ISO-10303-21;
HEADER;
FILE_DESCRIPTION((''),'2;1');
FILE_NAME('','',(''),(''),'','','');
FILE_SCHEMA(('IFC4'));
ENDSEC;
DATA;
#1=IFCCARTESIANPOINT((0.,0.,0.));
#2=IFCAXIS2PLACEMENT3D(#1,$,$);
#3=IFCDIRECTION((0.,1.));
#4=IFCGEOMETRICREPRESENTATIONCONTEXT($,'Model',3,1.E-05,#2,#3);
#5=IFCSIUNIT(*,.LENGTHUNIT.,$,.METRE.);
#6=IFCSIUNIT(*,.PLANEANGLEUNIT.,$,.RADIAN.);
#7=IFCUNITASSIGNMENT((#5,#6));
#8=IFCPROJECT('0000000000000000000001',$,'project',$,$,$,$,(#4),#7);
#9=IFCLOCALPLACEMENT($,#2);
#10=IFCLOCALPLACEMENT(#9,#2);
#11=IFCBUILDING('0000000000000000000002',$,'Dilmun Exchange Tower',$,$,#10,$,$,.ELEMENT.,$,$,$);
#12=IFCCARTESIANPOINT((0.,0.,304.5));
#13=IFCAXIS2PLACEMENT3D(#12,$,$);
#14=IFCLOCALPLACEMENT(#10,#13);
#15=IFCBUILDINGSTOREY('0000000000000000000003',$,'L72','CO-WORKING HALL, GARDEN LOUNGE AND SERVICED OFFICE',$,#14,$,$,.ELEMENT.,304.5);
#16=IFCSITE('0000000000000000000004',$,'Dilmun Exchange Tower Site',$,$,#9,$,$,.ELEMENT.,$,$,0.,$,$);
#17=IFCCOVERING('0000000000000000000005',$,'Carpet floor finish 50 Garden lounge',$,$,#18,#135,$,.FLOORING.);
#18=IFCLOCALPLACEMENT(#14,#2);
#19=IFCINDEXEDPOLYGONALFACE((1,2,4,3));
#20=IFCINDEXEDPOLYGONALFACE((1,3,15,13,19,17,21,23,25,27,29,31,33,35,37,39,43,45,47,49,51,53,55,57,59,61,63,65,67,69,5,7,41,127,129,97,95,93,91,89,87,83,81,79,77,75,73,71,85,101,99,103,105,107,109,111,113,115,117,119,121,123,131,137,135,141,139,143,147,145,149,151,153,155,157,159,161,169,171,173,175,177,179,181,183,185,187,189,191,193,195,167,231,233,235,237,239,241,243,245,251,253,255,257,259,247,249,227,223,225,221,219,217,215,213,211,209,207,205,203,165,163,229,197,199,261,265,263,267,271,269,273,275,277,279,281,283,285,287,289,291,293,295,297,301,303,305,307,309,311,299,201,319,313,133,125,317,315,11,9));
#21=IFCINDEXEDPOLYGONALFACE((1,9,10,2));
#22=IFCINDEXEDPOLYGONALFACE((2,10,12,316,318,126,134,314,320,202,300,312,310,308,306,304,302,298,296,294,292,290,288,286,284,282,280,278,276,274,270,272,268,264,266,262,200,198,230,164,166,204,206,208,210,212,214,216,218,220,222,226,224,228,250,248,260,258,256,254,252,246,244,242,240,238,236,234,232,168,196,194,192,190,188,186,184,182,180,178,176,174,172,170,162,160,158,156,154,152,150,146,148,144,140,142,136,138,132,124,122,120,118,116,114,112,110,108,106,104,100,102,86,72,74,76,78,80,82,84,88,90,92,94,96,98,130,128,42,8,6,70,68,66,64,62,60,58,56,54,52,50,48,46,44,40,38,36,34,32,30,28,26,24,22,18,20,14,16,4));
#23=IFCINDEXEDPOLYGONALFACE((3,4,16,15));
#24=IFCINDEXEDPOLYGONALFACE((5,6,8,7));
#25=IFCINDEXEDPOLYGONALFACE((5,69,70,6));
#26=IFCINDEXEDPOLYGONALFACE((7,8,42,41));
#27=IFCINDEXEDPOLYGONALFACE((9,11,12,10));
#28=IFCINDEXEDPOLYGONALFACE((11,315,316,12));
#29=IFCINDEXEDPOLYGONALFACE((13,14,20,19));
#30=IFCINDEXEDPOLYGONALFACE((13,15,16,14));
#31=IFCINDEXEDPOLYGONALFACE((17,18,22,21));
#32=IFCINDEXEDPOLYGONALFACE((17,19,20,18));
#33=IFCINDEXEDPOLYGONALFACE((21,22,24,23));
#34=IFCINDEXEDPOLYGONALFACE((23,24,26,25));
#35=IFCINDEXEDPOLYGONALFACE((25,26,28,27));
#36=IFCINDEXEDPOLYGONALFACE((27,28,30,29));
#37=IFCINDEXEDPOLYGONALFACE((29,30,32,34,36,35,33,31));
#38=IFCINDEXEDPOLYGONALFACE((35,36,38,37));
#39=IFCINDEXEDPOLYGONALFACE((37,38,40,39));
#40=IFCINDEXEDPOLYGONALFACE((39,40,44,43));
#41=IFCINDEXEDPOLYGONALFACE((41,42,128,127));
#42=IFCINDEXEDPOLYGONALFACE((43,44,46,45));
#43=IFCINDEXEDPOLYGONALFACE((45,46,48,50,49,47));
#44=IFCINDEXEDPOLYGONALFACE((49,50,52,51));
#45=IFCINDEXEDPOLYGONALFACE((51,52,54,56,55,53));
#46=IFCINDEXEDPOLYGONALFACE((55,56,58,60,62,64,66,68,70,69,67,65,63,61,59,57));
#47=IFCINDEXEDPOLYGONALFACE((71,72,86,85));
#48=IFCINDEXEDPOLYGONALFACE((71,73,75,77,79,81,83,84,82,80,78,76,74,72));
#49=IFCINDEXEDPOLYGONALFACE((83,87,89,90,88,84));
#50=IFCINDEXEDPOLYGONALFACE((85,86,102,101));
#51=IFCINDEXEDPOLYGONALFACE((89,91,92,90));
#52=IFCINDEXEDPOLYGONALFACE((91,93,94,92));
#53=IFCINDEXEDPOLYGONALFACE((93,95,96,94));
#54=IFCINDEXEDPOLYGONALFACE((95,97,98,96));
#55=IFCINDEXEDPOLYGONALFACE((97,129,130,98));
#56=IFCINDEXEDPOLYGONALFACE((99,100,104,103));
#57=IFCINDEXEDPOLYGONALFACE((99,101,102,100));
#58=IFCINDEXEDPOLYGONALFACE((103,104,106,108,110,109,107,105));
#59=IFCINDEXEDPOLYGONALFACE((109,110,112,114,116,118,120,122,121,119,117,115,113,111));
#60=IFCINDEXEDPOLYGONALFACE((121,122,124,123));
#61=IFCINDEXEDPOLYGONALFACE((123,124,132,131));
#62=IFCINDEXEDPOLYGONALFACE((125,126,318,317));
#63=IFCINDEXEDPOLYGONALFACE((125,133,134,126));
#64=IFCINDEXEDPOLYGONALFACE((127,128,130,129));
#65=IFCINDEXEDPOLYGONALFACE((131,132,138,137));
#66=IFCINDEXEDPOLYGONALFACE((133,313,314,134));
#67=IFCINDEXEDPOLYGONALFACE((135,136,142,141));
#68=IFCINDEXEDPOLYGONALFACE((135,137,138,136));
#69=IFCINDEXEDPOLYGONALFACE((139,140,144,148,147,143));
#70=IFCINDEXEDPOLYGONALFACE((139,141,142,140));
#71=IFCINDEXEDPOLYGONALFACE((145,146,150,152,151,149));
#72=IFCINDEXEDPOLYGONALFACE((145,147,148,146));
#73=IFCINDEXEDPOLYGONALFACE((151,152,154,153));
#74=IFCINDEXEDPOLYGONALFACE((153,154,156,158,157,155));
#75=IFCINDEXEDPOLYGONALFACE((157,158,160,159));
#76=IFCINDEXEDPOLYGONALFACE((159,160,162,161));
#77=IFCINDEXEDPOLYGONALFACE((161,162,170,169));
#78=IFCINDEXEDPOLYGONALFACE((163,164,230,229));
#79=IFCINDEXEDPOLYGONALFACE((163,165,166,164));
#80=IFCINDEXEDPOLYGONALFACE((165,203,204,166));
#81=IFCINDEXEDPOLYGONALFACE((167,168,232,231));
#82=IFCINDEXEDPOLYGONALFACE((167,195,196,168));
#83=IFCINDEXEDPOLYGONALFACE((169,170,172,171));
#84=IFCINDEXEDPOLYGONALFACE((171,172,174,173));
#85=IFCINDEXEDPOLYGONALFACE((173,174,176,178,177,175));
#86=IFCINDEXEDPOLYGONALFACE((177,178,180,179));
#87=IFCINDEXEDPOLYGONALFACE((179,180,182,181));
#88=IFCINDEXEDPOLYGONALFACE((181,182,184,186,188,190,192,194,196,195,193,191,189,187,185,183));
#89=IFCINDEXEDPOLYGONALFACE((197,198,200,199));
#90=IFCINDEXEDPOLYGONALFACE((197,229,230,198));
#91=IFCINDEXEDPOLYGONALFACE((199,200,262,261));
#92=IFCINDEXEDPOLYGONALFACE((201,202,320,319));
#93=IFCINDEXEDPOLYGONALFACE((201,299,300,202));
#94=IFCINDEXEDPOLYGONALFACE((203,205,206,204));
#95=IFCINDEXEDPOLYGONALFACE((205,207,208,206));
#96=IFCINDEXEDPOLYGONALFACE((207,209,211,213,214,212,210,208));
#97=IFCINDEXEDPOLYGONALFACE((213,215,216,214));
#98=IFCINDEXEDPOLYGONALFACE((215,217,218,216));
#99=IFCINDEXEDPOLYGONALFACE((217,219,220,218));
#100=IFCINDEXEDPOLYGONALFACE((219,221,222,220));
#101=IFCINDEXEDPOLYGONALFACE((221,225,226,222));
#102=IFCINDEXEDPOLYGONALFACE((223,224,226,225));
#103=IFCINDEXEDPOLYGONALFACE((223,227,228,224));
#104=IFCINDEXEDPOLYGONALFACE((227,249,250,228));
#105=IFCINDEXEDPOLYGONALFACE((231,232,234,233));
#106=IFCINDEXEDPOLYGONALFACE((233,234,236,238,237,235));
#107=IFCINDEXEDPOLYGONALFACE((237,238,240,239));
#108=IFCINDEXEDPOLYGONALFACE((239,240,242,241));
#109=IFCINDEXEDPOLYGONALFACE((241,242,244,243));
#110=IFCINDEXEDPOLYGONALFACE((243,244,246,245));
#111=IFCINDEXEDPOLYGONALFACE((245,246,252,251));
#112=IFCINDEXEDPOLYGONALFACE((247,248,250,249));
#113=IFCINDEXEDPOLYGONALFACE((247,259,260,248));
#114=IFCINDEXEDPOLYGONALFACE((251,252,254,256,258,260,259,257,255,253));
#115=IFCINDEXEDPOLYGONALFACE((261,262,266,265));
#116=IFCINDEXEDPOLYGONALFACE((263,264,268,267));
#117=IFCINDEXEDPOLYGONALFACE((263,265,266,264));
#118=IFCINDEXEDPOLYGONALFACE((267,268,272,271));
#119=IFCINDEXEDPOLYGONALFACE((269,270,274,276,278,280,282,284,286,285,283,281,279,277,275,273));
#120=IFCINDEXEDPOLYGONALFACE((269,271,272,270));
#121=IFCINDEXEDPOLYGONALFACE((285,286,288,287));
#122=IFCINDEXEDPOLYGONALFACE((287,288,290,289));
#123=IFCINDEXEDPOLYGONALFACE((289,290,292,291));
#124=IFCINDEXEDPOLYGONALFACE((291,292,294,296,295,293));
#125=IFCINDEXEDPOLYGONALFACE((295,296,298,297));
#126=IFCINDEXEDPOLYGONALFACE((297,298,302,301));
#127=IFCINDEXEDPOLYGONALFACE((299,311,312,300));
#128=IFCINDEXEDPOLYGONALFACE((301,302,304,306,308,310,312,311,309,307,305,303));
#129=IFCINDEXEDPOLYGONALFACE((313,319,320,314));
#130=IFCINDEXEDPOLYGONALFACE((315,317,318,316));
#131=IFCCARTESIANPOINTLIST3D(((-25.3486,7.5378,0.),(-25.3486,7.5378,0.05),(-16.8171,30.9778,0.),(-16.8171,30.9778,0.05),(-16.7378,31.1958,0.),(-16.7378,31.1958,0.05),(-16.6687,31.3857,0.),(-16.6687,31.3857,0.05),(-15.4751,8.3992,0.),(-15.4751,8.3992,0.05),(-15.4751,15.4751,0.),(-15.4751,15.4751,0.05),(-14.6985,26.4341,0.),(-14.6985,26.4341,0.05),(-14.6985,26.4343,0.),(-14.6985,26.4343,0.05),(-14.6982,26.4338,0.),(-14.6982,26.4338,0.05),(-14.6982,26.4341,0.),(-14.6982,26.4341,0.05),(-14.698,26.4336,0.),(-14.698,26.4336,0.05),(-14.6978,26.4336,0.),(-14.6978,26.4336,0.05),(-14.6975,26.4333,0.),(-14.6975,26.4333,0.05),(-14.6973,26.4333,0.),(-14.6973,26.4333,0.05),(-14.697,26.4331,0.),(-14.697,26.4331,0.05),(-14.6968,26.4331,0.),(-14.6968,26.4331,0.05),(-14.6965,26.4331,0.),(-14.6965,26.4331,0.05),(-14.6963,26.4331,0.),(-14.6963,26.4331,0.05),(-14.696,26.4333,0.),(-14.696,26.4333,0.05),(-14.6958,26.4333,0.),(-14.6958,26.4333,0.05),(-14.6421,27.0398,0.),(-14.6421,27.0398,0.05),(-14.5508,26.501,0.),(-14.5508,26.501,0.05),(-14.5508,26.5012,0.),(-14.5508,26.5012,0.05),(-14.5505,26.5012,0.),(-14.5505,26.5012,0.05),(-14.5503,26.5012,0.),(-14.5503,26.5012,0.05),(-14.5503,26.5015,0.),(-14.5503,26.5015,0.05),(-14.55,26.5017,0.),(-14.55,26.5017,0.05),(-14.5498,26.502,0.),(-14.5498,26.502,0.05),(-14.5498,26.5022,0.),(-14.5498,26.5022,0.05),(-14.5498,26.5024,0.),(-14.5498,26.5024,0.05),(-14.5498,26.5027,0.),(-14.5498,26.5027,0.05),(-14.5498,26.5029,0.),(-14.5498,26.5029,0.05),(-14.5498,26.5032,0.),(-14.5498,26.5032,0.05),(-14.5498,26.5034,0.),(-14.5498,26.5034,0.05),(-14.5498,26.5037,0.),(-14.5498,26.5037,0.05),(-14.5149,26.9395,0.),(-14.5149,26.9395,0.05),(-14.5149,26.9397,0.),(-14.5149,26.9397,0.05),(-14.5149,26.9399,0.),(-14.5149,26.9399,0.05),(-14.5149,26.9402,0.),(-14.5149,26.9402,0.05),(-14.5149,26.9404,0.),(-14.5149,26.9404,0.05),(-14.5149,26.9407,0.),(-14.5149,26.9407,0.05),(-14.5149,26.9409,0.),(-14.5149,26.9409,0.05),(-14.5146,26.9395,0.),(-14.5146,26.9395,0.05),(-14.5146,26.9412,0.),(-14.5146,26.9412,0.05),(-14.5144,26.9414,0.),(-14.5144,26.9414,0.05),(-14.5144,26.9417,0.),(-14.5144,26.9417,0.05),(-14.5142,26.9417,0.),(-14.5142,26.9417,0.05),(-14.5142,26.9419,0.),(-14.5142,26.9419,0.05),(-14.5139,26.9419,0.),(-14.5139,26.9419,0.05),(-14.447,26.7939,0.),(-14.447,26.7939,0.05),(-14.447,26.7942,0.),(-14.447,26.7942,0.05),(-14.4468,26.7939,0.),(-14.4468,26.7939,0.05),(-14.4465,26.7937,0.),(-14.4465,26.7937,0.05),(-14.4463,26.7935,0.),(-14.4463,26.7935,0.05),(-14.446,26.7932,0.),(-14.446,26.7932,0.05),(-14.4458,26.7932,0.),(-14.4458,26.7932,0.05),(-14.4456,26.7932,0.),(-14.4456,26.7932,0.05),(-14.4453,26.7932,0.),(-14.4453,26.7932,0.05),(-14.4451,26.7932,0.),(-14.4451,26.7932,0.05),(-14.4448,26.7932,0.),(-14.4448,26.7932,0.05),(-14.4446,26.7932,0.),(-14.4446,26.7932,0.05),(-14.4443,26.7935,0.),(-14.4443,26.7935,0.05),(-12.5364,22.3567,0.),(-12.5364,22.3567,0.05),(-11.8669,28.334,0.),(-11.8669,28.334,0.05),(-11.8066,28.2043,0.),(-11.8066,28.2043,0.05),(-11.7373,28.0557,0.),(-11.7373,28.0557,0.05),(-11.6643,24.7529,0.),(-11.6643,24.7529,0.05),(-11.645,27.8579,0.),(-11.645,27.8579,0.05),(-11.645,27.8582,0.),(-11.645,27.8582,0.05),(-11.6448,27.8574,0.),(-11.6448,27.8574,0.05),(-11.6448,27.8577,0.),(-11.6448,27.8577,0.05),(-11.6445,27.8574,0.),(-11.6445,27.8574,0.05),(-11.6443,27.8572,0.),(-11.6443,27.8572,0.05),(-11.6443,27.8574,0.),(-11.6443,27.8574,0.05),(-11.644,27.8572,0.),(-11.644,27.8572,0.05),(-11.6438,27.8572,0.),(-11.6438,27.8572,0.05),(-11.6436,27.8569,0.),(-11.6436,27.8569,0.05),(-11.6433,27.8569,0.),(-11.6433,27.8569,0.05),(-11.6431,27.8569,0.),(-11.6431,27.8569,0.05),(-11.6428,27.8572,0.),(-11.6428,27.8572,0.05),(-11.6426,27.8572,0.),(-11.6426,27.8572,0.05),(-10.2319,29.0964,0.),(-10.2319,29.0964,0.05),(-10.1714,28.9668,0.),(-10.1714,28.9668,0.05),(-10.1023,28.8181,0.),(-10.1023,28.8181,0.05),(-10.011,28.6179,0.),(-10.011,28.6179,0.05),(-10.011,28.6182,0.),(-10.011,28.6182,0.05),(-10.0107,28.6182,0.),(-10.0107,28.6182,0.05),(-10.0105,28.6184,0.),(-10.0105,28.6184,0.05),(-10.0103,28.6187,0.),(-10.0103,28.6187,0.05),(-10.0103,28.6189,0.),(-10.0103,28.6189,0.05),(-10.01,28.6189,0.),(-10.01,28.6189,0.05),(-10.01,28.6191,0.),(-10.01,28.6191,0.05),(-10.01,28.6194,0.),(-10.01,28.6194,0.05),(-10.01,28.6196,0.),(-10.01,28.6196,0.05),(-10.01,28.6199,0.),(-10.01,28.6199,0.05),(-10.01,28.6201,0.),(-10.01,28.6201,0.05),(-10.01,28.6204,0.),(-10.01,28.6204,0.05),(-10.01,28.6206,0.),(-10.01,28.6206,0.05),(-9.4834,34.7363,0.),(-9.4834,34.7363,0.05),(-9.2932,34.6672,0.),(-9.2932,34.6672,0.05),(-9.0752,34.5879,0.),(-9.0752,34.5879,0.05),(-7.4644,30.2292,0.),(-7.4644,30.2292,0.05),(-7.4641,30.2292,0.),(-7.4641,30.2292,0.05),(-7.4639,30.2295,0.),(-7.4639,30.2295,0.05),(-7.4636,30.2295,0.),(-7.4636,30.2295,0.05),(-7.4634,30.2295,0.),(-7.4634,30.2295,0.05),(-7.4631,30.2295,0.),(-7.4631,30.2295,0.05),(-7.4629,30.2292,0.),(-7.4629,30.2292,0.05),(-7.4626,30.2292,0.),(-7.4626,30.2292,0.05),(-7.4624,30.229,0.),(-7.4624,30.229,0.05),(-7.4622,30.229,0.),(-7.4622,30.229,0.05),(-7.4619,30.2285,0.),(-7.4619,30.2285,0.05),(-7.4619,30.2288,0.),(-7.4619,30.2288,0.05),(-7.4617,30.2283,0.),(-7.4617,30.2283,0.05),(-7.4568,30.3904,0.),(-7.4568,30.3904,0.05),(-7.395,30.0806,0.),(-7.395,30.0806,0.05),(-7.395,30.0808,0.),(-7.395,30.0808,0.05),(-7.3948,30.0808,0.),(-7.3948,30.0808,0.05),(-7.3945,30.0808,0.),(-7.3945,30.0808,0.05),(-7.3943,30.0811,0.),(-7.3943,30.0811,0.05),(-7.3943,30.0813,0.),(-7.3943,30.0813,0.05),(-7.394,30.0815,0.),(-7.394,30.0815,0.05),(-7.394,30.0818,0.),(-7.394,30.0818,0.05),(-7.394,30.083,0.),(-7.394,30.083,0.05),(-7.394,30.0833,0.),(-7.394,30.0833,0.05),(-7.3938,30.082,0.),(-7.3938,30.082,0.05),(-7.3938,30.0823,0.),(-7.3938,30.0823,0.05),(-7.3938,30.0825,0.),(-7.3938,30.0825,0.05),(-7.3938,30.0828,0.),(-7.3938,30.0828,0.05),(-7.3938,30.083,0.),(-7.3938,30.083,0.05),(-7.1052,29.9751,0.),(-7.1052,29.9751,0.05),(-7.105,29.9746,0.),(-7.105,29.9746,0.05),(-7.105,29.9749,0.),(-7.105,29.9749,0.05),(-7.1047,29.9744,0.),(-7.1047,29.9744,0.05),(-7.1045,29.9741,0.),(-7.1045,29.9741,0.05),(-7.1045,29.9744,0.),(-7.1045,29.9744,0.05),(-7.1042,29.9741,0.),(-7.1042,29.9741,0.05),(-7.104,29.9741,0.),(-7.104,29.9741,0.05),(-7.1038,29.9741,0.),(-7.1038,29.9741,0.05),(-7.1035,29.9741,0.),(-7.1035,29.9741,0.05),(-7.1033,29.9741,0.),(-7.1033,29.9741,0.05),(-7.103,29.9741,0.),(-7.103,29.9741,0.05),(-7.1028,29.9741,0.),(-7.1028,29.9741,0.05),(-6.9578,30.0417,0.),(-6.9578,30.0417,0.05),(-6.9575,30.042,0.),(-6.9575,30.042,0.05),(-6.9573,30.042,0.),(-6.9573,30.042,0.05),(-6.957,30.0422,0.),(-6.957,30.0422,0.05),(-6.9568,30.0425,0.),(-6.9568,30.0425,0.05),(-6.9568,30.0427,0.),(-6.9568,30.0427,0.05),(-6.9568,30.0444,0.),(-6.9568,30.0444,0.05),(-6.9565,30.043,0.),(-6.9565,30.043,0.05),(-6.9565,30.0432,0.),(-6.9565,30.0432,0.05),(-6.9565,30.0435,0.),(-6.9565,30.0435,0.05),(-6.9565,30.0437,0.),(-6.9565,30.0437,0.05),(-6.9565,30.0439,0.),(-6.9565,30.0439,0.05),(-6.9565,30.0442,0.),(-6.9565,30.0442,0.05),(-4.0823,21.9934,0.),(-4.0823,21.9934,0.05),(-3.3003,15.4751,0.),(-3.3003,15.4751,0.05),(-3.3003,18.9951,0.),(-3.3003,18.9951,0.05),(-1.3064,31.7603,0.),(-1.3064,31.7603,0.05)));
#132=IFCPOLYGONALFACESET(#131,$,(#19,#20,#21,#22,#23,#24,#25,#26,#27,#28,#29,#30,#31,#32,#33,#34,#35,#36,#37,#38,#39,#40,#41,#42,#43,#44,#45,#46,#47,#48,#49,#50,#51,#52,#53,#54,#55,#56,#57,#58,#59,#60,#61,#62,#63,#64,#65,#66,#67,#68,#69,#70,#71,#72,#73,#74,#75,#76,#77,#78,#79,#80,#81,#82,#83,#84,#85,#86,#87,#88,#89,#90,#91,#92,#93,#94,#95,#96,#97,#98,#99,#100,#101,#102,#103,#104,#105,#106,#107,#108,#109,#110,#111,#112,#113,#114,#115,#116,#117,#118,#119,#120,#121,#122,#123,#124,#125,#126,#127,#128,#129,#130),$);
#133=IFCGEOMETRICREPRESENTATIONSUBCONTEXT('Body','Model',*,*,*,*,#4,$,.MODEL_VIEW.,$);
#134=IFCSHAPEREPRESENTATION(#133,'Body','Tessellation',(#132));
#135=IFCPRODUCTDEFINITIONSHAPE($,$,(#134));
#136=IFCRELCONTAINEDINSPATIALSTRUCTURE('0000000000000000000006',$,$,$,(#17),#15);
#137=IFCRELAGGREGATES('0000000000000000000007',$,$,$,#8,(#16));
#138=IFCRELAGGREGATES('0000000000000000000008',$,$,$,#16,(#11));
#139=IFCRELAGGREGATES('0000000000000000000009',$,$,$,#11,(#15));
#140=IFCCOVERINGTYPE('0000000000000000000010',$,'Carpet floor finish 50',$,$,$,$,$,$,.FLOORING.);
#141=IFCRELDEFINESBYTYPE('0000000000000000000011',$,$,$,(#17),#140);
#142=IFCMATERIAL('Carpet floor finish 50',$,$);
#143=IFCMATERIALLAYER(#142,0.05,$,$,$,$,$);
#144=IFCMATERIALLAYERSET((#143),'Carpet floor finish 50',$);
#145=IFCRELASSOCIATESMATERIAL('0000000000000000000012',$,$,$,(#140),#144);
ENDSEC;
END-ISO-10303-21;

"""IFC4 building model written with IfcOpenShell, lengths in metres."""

from ifc_helpers import new_model, si_unit, direction, frame, origin, place, context, subcontext, project, spatial, polyline, outline, extrude, material, layer, layer_set, type_object, element, save


model = new_model("IFC4")

# Units and contexts
model_context = context("Model", 3, precision=1e-05, world=origin(), true_north=direction((0.0, 1.0)))
body_context = subcontext(model_context, "Body", "Model", "MODEL_VIEW")
ifc_project = project(units=[si_unit("LENGTHUNIT", "METRE"), si_unit("PLANEANGLEUNIT", "RADIAN")], contexts=[model_context])

# Site, building, storey
site_placement = place(None, origin())
site = spatial("IfcSite", under=ifc_project, at=site_placement, Name="Dilmun Exchange Tower Site", CompositionType="ELEMENT", RefElevation=0.0)
building_placement = place(site_placement, origin())
building = spatial("IfcBuilding", under=site, at=building_placement, Name="Dilmun Exchange Tower", CompositionType="ELEMENT")
storey_placement = place(building_placement, frame((0.0, 0.0, 304.5)))
storey = spatial("IfcBuildingStorey", under=building, at=storey_placement, Name="L72", Description="CO-WORKING HALL, GARDEN LOUNGE AND SERVICED OFFICE", CompositionType="ELEMENT", Elevation=304.5)

# Covering
ifc_material_1 = material(Name="Carpet floor finish 50")
ifc_layer_1 = layer(ifc_material_1, 0.05)
ifc_layer_set_1 = layer_set([ifc_layer_1], Name="Carpet floor finish 50")
covering_type_1 = type_object("IfcCoveringType", Name="Carpet floor finish 50", PredefinedType="FLOORING", material=ifc_layer_set_1)
covering_1_placement = place(storey_placement, origin())
element("IfcCovering", 1, at=covering_1_placement, inside=storey, type_object=covering_type_1, Name="Carpet floor finish 50 Garden lounge", PredefinedType="FLOORING", context=body_context, shape_type="SweptSolid", body=[
    extrude(outline(polyline([(-15.4751, 15.4751), (-15.4751, 8.3992), (-25.3486, 7.5378), (-16.8171, 30.9778), (-14.6985, 26.4343), (-14.6985, 26.4341), (-14.6982, 26.4341), (-14.6982, 26.4338), (-14.698, 26.4336), (-14.698, 26.4336), (-14.6978, 26.4336), (-14.6975, 26.4333), (-14.6975, 26.4333), (-14.6973, 26.4333), (-14.697, 26.4331), (-14.6968, 26.4331), (-14.6965, 26.4331), (-14.6963, 26.4331), (-14.6963, 26.4331), (-14.696, 26.4333), (-14.6958, 26.4333), (-14.5508, 26.501), (-14.5508, 26.5012), (-14.5505, 26.5012), (-14.5503, 26.5012), (-14.5503, 26.5015), (-14.55, 26.5017), (-14.55, 26.5017), (-14.5498, 26.502), (-14.5498, 26.5022), (-14.5498, 26.5022), (-14.5498, 26.5024), (-14.5498, 26.5027), (-14.5498, 26.5029), (-14.5498, 26.5032), (-14.5498, 26.5034), (-14.5498, 26.5034), (-14.5498, 26.5037), (-16.7378, 31.1958), (-16.6687, 31.3857), (-14.6421, 27.0398), (-11.8669, 28.334), (-11.8066, 28.2043), (-14.5139, 26.9419), (-14.5139, 26.9419), (-14.5142, 26.9419), (-14.5142, 26.9417), (-14.5144, 26.9417), (-14.5144, 26.9414), (-14.5146, 26.9412), (-14.5146, 26.9412), (-14.5149, 26.9409), (-14.5149, 26.9407), (-14.5149, 26.9404), (-14.5149, 26.9402), (-14.5149, 26.9402), (-14.5149, 26.9399), (-14.5149, 26.9397), (-14.5149, 26.9395), (-14.5146, 26.9395), (-14.447, 26.7942), (-14.447, 26.7942), (-14.447, 26.7939), (-14.4468, 26.7939), (-14.4465, 26.7937), (-14.4465, 26.7937), (-14.4463, 26.7935), (-14.4463, 26.7935), (-14.446, 26.7932), (-14.4458, 26.7932), (-14.4456, 26.7932), (-14.4453, 26.7932), (-14.4453, 26.7932), (-14.4451, 26.7932), (-14.4448, 26.7932), (-14.4446, 26.7932), (-14.4443, 26.7935), (-11.7373, 28.0557), (-11.645, 27.8582), (-11.645, 27.8579), (-11.645, 27.8579), (-11.6448, 27.8577), (-11.6448, 27.8574), (-11.6445, 27.8574), (-11.6443, 27.8574), (-11.6443, 27.8572), (-11.644, 27.8572), (-11.6438, 27.8572), (-11.6436, 27.8569), (-11.6433, 27.8569), (-11.6433, 27.8569), (-11.6431, 27.8569), (-11.6428, 27.8572), (-11.6426, 27.8572), (-11.6426, 27.8572), (-10.011, 28.6179), (-10.011, 28.6182), (-10.0107, 28.6182), (-10.0105, 28.6184), (-10.0105, 28.6184), (-10.0103, 28.6187), (-10.0103, 28.6189), (-10.01, 28.6189), (-10.01, 28.6191), (-10.01, 28.6194), (-10.01, 28.6194), (-10.01, 28.6196), (-10.01, 28.6199), (-10.01, 28.6201), (-10.01, 28.6204), (-10.01, 28.6206), (-10.01, 28.6206), (-10.1023, 28.8181), (-7.395, 30.0806), (-7.395, 30.0808), (-7.3948, 30.0808), (-7.3945, 30.0808), (-7.3943, 30.0811), (-7.3943, 30.0813), (-7.3943, 30.0813), (-7.394, 30.0815), (-7.394, 30.0818), (-7.394, 30.0818), (-7.3938, 30.082), (-7.3938, 30.0823), (-7.3938, 30.0825), (-7.3938, 30.0828), (-7.3938, 30.083), (-7.394, 30.083), (-7.394, 30.0833), (-7.4617, 30.2283), (-7.4619, 30.2285), (-7.4619, 30.2285), (-7.4619, 30.2288), (-7.4622, 30.229), (-7.4624, 30.229), (-7.4624, 30.229), (-7.4626, 30.2292), (-7.4629, 30.2292), (-7.4629, 30.2292), (-7.4631, 30.2295), (-7.4634, 30.2295), (-7.4636, 30.2295), (-7.4639, 30.2295), (-7.4641, 30.2292), (-7.4641, 30.2292), (-7.4644, 30.2292), (-10.1714, 28.9668), (-10.2319, 29.0964), (-7.4568, 30.3904), (-9.4834, 34.7363), (-9.2932, 34.6672), (-7.1052, 29.9751), (-7.1052, 29.9751), (-7.105, 29.9749), (-7.105, 29.9746), (-7.105, 29.9746), (-7.1047, 29.9744), (-7.1045, 29.9744), (-7.1045, 29.9741), (-7.1042, 29.9741), (-7.104, 29.9741), (-7.1038, 29.9741), (-7.1035, 29.9741), (-7.1035, 29.9741), (-7.1033, 29.9741), (-7.103, 29.9741), (-7.1028, 29.9741), (-7.1028, 29.9741), (-6.9578, 30.0417), (-6.9575, 30.042), (-6.9573, 30.042), (-6.9573, 30.042), (-6.957, 30.0422), (-6.9568, 30.0425), (-6.9568, 30.0425), (-6.9568, 30.0427), (-6.9565, 30.043), (-6.9565, 30.0432), (-6.9565, 30.0432), (-6.9565, 30.0435), (-6.9565, 30.0437), (-6.9565, 30.0439), (-6.9565, 30.0442), (-6.9565, 30.0442), (-6.9568, 30.0444), (-9.0752, 34.5879), (-1.3064, 31.7603), (-4.0823, 21.9934), (-11.6643, 24.7529), (-12.5364, 22.3567), (-3.3003, 18.9951), (-3.3003, 15.4751), (-15.4751, 15.4751)])), origin(), (0.0, 0.0, 1.0), 0.05),
])

save(model, "model.ifc")
